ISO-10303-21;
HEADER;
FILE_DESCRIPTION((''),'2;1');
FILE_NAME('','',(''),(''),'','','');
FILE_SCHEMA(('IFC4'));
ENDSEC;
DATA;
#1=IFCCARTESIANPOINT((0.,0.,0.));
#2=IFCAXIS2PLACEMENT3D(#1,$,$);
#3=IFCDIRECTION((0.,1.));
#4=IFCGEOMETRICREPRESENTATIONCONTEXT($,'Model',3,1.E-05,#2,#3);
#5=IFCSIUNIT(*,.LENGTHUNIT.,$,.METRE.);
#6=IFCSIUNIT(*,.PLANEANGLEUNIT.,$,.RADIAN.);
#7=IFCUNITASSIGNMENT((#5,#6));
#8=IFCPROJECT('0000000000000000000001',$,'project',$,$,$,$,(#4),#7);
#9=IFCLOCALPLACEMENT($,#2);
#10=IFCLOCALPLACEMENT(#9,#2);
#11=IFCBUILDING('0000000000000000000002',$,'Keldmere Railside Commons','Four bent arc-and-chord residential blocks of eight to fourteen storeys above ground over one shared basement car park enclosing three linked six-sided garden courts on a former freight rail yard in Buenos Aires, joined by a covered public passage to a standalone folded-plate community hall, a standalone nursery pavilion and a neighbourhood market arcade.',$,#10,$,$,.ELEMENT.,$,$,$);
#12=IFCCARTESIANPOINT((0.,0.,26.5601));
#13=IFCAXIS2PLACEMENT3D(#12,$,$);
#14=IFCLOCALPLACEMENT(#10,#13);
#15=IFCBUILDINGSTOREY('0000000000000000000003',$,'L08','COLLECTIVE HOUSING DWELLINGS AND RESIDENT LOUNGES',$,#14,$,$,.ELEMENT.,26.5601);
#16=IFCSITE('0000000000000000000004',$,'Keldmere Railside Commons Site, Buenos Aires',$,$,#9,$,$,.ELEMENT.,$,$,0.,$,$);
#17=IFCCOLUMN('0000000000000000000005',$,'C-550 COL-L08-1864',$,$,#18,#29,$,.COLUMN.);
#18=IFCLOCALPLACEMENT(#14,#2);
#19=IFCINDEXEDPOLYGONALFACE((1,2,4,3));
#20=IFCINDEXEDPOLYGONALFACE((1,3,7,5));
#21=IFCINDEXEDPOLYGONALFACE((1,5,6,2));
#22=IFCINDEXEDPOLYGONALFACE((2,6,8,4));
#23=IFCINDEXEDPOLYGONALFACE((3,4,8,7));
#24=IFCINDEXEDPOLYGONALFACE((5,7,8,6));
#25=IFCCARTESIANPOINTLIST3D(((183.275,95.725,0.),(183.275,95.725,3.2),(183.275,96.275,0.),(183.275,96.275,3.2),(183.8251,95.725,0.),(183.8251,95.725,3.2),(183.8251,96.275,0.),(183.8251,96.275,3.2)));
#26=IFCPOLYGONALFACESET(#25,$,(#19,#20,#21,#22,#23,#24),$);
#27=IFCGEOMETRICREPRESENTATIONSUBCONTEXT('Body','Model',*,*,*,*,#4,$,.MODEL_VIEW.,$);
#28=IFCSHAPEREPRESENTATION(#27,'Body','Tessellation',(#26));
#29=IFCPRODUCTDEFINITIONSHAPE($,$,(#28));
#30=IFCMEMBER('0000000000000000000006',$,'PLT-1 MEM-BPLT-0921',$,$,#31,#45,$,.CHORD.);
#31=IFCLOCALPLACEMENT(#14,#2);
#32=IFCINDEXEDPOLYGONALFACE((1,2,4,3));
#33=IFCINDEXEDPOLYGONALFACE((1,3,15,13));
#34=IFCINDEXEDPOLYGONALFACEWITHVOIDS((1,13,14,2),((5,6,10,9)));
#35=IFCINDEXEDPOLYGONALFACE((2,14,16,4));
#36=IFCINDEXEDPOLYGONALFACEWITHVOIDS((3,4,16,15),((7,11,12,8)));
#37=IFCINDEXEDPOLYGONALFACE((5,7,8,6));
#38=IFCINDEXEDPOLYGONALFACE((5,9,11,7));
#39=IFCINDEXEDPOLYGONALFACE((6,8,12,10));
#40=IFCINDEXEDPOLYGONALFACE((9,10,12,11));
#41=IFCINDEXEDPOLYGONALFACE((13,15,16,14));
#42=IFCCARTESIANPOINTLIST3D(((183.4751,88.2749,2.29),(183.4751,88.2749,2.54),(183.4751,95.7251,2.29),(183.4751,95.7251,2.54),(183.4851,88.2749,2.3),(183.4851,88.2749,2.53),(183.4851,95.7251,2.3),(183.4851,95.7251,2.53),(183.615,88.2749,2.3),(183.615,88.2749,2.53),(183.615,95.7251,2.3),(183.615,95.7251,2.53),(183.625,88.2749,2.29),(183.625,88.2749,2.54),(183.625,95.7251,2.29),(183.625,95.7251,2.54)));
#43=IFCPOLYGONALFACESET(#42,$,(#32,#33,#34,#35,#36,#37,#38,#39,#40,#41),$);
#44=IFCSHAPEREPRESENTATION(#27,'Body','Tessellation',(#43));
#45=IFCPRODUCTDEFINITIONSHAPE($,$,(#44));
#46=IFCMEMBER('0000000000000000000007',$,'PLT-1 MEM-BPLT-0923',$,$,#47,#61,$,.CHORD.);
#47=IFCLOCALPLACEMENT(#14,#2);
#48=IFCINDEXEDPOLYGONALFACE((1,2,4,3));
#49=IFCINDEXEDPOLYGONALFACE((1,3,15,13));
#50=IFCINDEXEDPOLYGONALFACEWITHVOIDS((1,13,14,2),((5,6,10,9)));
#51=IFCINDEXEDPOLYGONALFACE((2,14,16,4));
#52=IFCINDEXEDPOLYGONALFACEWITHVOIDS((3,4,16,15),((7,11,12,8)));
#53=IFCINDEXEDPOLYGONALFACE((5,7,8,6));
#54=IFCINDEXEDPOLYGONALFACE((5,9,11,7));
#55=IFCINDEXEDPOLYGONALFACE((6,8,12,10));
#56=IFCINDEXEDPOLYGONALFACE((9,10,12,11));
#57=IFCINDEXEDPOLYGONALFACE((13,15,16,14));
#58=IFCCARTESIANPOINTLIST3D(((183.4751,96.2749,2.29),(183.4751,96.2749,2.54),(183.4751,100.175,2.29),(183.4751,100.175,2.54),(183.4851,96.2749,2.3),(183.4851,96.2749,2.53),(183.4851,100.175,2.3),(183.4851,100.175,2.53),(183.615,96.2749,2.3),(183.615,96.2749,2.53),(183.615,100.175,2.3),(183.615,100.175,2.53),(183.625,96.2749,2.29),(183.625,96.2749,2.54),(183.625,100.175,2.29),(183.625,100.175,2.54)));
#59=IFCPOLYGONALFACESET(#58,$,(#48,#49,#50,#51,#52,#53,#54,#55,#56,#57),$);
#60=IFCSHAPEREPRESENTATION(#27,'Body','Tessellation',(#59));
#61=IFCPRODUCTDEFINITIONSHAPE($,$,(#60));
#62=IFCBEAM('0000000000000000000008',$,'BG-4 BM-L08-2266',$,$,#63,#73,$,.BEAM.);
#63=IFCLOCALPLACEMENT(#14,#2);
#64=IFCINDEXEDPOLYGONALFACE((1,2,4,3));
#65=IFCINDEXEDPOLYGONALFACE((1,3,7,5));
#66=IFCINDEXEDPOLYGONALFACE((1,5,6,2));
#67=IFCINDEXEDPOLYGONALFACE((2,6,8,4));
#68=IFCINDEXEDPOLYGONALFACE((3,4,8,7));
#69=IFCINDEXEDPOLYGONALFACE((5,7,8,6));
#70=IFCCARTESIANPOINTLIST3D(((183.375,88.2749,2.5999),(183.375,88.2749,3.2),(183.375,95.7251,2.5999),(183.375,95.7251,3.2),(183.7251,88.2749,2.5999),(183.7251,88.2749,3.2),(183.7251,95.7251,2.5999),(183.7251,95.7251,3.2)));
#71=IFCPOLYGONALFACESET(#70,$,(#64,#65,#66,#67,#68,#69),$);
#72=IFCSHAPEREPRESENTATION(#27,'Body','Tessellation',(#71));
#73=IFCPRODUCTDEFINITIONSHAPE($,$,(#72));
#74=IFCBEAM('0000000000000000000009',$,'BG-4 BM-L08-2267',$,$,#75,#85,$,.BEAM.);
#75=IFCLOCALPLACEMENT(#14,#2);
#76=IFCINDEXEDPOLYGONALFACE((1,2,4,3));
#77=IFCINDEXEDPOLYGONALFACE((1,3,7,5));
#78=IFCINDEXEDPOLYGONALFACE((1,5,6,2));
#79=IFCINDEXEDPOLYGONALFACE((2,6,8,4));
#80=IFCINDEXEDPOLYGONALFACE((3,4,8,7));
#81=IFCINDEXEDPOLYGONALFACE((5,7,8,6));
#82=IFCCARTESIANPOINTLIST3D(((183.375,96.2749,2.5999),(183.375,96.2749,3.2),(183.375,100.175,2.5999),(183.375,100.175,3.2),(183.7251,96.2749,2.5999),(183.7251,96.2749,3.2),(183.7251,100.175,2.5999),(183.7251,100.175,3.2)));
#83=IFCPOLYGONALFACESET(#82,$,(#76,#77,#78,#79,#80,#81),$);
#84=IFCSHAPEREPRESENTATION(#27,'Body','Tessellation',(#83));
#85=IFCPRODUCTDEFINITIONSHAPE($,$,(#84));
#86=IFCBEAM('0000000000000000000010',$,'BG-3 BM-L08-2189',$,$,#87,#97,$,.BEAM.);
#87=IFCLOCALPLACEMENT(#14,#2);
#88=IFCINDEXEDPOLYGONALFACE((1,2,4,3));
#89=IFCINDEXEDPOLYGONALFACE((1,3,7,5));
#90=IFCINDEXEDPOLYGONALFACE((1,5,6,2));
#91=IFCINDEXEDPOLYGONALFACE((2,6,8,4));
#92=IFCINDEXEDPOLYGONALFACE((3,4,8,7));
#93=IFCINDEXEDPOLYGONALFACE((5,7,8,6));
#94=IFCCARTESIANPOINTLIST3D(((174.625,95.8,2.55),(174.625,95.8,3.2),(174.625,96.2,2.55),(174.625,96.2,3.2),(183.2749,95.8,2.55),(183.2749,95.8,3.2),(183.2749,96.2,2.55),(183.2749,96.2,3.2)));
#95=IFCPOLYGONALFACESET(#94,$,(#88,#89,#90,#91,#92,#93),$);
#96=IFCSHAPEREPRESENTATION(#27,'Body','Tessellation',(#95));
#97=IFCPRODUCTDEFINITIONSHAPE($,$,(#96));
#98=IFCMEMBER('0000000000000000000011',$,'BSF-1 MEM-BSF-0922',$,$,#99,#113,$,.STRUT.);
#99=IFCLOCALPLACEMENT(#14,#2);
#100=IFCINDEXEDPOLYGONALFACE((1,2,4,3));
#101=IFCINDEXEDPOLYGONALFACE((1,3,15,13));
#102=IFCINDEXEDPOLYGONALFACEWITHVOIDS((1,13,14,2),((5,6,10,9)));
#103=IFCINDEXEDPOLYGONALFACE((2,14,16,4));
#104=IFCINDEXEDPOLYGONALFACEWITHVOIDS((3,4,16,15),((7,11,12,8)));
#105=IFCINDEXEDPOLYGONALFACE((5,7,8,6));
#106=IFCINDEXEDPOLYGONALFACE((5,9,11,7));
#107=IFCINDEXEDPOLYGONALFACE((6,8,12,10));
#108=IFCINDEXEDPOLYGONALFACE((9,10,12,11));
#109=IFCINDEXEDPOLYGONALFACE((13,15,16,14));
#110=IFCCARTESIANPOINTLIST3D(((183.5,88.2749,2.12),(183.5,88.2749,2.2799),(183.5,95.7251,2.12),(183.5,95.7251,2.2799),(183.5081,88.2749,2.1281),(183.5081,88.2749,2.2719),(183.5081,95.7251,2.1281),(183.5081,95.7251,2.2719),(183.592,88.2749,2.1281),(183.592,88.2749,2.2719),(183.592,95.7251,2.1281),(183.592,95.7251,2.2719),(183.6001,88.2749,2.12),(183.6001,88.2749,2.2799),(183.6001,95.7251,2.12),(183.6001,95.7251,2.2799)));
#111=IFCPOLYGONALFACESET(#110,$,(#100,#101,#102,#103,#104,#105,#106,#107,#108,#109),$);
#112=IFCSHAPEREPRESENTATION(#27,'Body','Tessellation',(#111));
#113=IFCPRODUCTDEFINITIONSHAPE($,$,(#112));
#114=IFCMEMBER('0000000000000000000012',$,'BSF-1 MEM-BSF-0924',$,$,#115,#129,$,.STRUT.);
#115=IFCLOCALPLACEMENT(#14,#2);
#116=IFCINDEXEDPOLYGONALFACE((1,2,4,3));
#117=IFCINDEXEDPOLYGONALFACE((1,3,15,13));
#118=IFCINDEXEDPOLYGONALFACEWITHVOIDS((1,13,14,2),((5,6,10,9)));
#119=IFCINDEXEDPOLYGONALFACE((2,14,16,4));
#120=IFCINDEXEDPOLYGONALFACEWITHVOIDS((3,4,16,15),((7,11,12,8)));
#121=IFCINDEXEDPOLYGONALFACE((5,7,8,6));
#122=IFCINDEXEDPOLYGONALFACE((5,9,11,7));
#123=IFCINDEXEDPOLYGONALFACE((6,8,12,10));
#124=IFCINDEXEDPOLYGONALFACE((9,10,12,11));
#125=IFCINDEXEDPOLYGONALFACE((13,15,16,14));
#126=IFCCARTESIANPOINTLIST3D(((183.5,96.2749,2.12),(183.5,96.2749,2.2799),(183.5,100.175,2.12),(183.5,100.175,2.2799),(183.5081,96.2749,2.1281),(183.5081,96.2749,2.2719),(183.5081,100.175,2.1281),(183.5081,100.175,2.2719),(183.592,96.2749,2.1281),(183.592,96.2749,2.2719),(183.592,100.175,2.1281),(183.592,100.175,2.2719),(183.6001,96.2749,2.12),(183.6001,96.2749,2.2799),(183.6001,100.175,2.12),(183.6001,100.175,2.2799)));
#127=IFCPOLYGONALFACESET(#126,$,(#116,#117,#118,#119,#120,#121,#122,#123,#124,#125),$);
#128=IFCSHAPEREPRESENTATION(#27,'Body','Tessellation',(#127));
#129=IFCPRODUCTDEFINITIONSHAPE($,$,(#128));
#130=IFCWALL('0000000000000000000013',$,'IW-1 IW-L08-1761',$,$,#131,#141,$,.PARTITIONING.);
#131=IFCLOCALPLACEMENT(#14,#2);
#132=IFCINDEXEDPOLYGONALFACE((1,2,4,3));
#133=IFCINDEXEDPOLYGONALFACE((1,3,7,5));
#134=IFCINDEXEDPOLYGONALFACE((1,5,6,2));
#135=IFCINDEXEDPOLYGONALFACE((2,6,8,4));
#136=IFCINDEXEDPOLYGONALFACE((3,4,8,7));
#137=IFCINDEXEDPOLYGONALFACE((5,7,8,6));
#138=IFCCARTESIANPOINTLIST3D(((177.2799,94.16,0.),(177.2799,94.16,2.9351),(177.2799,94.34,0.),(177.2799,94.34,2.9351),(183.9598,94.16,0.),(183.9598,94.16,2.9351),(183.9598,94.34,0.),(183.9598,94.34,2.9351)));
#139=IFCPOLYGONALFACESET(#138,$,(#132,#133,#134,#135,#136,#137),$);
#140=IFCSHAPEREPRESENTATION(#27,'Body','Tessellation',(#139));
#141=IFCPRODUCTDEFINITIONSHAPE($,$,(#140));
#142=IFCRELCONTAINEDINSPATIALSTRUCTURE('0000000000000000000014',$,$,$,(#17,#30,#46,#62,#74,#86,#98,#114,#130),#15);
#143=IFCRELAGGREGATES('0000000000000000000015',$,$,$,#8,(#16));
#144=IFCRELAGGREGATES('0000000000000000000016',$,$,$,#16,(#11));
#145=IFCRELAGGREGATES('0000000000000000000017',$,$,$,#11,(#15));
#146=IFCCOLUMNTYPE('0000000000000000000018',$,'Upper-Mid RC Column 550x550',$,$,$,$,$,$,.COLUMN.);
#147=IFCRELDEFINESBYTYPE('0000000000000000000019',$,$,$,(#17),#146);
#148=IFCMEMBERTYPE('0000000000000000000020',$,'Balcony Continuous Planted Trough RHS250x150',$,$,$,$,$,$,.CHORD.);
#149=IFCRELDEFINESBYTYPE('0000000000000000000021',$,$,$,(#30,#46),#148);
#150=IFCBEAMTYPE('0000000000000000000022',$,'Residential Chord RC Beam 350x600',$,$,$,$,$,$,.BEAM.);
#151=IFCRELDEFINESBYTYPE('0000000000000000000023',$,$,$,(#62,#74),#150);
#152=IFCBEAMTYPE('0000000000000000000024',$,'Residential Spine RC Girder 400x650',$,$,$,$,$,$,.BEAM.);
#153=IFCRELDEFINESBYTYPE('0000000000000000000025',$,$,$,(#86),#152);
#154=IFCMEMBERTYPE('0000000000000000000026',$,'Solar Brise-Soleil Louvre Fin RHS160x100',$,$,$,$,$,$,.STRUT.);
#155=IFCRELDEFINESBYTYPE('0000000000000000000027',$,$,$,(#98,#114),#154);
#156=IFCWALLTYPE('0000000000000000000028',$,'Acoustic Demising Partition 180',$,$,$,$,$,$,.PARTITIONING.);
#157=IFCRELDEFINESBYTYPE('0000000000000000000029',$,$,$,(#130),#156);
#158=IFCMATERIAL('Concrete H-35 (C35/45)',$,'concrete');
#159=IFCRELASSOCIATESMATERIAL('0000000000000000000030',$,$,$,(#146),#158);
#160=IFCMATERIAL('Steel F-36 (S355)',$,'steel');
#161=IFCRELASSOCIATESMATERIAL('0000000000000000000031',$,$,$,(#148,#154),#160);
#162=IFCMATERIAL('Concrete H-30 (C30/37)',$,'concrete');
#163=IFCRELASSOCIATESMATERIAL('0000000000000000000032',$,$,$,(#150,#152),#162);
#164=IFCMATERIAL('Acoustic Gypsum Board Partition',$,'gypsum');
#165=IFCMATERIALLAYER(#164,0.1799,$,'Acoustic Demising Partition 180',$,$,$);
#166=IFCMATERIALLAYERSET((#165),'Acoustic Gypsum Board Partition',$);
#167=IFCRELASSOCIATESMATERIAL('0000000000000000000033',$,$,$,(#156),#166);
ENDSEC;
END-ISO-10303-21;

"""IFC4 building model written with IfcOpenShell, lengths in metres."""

from ifc_helpers import new_model, si_unit, direction, frame, frame_2d, origin, origin_2d, place, context, subcontext, project, spatial, rectangle, hollow_rectangle, extrude, material, layer, layer_set, material_profile, profile_set, type_object, element, save


model = new_model("IFC4")

# Units and contexts
model_context = context("Model", 3, precision=1e-05, world=origin(), true_north=direction((0.0, 1.0)))
body_context = subcontext(model_context, "Body", "Model", "MODEL_VIEW")
ifc_project = project(units=[si_unit("LENGTHUNIT", "METRE"), si_unit("PLANEANGLEUNIT", "RADIAN")], contexts=[model_context])

# Site, building, storey
site_placement = place(None, origin())
site = spatial("IfcSite", under=ifc_project, at=site_placement, Name="Keldmere Railside Commons Site, Buenos Aires", CompositionType="ELEMENT", RefElevation=0.0)
building_placement = place(site_placement, origin())
building = spatial("IfcBuilding", under=site, at=building_placement, Name="Keldmere Railside Commons", Description="Four bent arc-and-chord residential blocks of eight to fourteen storeys above ground over one shared basement car park enclosing three linked six-sided garden courts on a former freight rail yard in Buenos Aires, joined by a covered public passage to a standalone folded-plate community hall, a standalone nursery pavilion and a neighbourhood market arcade.", CompositionType="ELEMENT")
storey_placement = place(building_placement, frame((0.0, 0.0, 26.5601)))
storey = spatial("IfcBuildingStorey", under=building, at=storey_placement, Name="L08", Description="COLLECTIVE HOUSING DWELLINGS AND RESIDENT LOUNGES", CompositionType="ELEMENT", Elevation=26.5601)

# Column
ifc_material_1 = material(Name="Concrete H-35 (C35/45)", Category="concrete")
ifc_material_profile_1 = material_profile(ifc_material_1, rectangle(XDim=0.55, YDim=0.55, at=origin_2d()), Name="RC-550x550")
ifc_profile_set_1 = profile_set([ifc_material_profile_1], Name="Concrete H-35 (C35/45)")
column_type = type_object("IfcColumnType", Name="Upper-Mid RC Column 550x550", PredefinedType="COLUMN", material=ifc_profile_set_1)
column_placement = place(storey_placement, frame((183.55, 96.0, 0.0), z_axis=(0.0, 0.0, 1.0), x_axis=(1.0, 0.0, 0.0)))
element("IfcColumn", 1, at=column_placement, inside=storey, type_object=column_type, Name="C-550 COL-L08-1864", PredefinedType="COLUMN", context=body_context, shape_type="SweptSolid", body=[
    extrude(rectangle(XDim=0.55, YDim=0.55, at=origin_2d()), origin(), (0.0, 0.0, 1.0), 3.2),
])

# Members
ifc_material_2 = material(Name="Steel F-36 (S355)", Category="steel")
ifc_material_profile_2 = material_profile(ifc_material_2, hollow_rectangle(XDim=0.1499, YDim=0.25, WallThickness=0.01, at=origin_2d()), Name="RHS-250x150x10")
ifc_profile_set_2 = profile_set([ifc_material_profile_2], Name="Steel F-36 (S355)")
member_type_1 = type_object("IfcMemberType", Name="Balcony Continuous Planted Trough RHS250x150", PredefinedType="CHORD", material=ifc_profile_set_2)
member_1_placement = place(storey_placement, frame((183.55, 88.2749, 2.415), z_axis=(0.0, 1.0, 0.0), x_axis=(-1.0, 0.0, 0.0)))
element("IfcMember", 2, at=member_1_placement, inside=storey, type_object=member_type_1, Name="PLT-1 MEM-BPLT-0921", PredefinedType="CHORD", context=body_context, shape_type="SweptSolid", body=[
    extrude(hollow_rectangle(XDim=0.1499, YDim=0.25, WallThickness=0.01, at=origin_2d()), origin(), (0.0, 0.0, 1.0), 7.4502),
])
member_2_placement = place(storey_placement, frame((183.55, 96.2749, 2.415), z_axis=(0.0, 1.0, 0.0), x_axis=(-1.0, 0.0, 0.0)))
element("IfcMember", 3, at=member_2_placement, inside=storey, type_object=member_type_1, Name="PLT-1 MEM-BPLT-0923", PredefinedType="CHORD", context=body_context, shape_type="SweptSolid", body=[
    extrude(hollow_rectangle(XDim=0.1499, YDim=0.25, WallThickness=0.01, at=origin_2d()), origin(), (0.0, 0.0, 1.0), 3.9001),
])

# Beams
ifc_material_3 = material(Name="Concrete H-30 (C30/37)", Category="concrete")
ifc_material_profile_3 = material_profile(ifc_material_3, rectangle(XDim=0.3501, YDim=0.6001, at=origin_2d()), Name="RC-350x600")
ifc_profile_set_3 = profile_set([ifc_material_profile_3], Name="Concrete H-30 (C30/37)")
beam_type_1 = type_object("IfcBeamType", Name="Residential Chord RC Beam 350x600", PredefinedType="BEAM", material=ifc_profile_set_3)
beam_1_placement = place(storey_placement, frame((183.55, 88.2749, 2.8999), z_axis=(0.0, 1.0, 0.0), x_axis=(-1.0, 0.0, 0.0)))
element("IfcBeam", 4, at=beam_1_placement, inside=storey, type_object=beam_type_1, Name="BG-4 BM-L08-2266", PredefinedType="BEAM", context=body_context, shape_type="SweptSolid", body=[
    extrude(rectangle(XDim=0.3501, YDim=0.6001, at=origin_2d()), origin(), (0.0, 0.0, 1.0), 7.4502),
])
beam_2_placement = place(storey_placement, frame((183.55, 96.2749, 2.8999), z_axis=(0.0, 1.0, 0.0), x_axis=(-1.0, 0.0, 0.0)))
element("IfcBeam", 5, at=beam_2_placement, inside=storey, type_object=beam_type_1, Name="BG-4 BM-L08-2267", PredefinedType="BEAM", context=body_context, shape_type="SweptSolid", body=[
    extrude(rectangle(XDim=0.3501, YDim=0.6001, at=origin_2d()), origin(), (0.0, 0.0, 1.0), 3.9001),
])
ifc_material_profile_4 = material_profile(ifc_material_3, rectangle(XDim=0.3999, YDim=0.6499, at=origin_2d()), Name="RC-400x650")
ifc_profile_set_4 = profile_set([ifc_material_profile_4], Name="Concrete H-30 (C30/37)")
beam_type_2 = type_object("IfcBeamType", Name="Residential Spine RC Girder 400x650", PredefinedType="BEAM", material=ifc_profile_set_4)
beam_3_placement = place(storey_placement, frame((174.625, 96.0, 2.875), z_axis=(1.0, 0.0, 0.0), x_axis=(0.0, 1.0, 0.0)))
element("IfcBeam", 6, at=beam_3_placement, inside=storey, type_object=beam_type_2, Name="BG-3 BM-L08-2189", PredefinedType="BEAM", context=body_context, shape_type="SweptSolid", body=[
    extrude(rectangle(XDim=0.3999, YDim=0.6499, at=origin_2d()), origin(), (0.0, 0.0, 1.0), 8.6499),
])

# Members
ifc_material_profile_5 = material_profile(ifc_material_2, hollow_rectangle(XDim=0.1001, YDim=0.1599, WallThickness=0.0081, at=origin_2d()), Name="RHS-160x100x8")
ifc_profile_set_5 = profile_set([ifc_material_profile_5], Name="Steel F-36 (S355)")
member_type_2 = type_object("IfcMemberType", Name="Solar Brise-Soleil Louvre Fin RHS160x100", PredefinedType="STRUT", material=ifc_profile_set_5)
member_3_placement = place(storey_placement, frame((183.55, 88.2749, 2.2), z_axis=(0.0, 1.0, 0.0), x_axis=(-1.0, 0.0, 0.0)))
element("IfcMember", 7, at=member_3_placement, inside=storey, type_object=member_type_2, Name="BSF-1 MEM-BSF-0922", PredefinedType="STRUT", context=body_context, shape_type="SweptSolid", body=[
    extrude(hollow_rectangle(XDim=0.1001, YDim=0.1599, WallThickness=0.0081, at=origin_2d()), origin(), (0.0, 0.0, 1.0), 7.4502),
])
member_4_placement = place(storey_placement, frame((183.55, 96.2749, 2.2), z_axis=(0.0, 1.0, 0.0), x_axis=(-1.0, 0.0, 0.0)))
element("IfcMember", 8, at=member_4_placement, inside=storey, type_object=member_type_2, Name="BSF-1 MEM-BSF-0924", PredefinedType="STRUT", context=body_context, shape_type="SweptSolid", body=[
    extrude(hollow_rectangle(XDim=0.1001, YDim=0.1599, WallThickness=0.0081, at=origin_2d()), origin(), (0.0, 0.0, 1.0), 3.9001),
])

# Wall
ifc_material_4 = material(Name="Acoustic Gypsum Board Partition", Category="gypsum")
ifc_layer = layer(ifc_material_4, 0.1799, Name="Acoustic Demising Partition 180")
ifc_layer_set = layer_set([ifc_layer], Name="Acoustic Gypsum Board Partition")
wall_type = type_object("IfcWallType", Name="Acoustic Demising Partition 180", PredefinedType="PARTITIONING", material=ifc_layer_set)
wall_placement = place(storey_placement, frame((177.28, 94.25, 0.0), z_axis=(0.0, 0.0, 1.0), x_axis=(1.0, 0.0, 0.0)))
element("IfcWall", 9, at=wall_placement, inside=storey, type_object=wall_type, Name="IW-1 IW-L08-1761", PredefinedType="PARTITIONING", context=body_context, shape_type="SweptSolid", body=[
    extrude(rectangle(XDim=6.6799, YDim=0.1799, at=frame_2d((3.3398, 0.0))), origin(), (0.0, 0.0, 1.0), 2.9351),
])

save(model, "model.ifc")
